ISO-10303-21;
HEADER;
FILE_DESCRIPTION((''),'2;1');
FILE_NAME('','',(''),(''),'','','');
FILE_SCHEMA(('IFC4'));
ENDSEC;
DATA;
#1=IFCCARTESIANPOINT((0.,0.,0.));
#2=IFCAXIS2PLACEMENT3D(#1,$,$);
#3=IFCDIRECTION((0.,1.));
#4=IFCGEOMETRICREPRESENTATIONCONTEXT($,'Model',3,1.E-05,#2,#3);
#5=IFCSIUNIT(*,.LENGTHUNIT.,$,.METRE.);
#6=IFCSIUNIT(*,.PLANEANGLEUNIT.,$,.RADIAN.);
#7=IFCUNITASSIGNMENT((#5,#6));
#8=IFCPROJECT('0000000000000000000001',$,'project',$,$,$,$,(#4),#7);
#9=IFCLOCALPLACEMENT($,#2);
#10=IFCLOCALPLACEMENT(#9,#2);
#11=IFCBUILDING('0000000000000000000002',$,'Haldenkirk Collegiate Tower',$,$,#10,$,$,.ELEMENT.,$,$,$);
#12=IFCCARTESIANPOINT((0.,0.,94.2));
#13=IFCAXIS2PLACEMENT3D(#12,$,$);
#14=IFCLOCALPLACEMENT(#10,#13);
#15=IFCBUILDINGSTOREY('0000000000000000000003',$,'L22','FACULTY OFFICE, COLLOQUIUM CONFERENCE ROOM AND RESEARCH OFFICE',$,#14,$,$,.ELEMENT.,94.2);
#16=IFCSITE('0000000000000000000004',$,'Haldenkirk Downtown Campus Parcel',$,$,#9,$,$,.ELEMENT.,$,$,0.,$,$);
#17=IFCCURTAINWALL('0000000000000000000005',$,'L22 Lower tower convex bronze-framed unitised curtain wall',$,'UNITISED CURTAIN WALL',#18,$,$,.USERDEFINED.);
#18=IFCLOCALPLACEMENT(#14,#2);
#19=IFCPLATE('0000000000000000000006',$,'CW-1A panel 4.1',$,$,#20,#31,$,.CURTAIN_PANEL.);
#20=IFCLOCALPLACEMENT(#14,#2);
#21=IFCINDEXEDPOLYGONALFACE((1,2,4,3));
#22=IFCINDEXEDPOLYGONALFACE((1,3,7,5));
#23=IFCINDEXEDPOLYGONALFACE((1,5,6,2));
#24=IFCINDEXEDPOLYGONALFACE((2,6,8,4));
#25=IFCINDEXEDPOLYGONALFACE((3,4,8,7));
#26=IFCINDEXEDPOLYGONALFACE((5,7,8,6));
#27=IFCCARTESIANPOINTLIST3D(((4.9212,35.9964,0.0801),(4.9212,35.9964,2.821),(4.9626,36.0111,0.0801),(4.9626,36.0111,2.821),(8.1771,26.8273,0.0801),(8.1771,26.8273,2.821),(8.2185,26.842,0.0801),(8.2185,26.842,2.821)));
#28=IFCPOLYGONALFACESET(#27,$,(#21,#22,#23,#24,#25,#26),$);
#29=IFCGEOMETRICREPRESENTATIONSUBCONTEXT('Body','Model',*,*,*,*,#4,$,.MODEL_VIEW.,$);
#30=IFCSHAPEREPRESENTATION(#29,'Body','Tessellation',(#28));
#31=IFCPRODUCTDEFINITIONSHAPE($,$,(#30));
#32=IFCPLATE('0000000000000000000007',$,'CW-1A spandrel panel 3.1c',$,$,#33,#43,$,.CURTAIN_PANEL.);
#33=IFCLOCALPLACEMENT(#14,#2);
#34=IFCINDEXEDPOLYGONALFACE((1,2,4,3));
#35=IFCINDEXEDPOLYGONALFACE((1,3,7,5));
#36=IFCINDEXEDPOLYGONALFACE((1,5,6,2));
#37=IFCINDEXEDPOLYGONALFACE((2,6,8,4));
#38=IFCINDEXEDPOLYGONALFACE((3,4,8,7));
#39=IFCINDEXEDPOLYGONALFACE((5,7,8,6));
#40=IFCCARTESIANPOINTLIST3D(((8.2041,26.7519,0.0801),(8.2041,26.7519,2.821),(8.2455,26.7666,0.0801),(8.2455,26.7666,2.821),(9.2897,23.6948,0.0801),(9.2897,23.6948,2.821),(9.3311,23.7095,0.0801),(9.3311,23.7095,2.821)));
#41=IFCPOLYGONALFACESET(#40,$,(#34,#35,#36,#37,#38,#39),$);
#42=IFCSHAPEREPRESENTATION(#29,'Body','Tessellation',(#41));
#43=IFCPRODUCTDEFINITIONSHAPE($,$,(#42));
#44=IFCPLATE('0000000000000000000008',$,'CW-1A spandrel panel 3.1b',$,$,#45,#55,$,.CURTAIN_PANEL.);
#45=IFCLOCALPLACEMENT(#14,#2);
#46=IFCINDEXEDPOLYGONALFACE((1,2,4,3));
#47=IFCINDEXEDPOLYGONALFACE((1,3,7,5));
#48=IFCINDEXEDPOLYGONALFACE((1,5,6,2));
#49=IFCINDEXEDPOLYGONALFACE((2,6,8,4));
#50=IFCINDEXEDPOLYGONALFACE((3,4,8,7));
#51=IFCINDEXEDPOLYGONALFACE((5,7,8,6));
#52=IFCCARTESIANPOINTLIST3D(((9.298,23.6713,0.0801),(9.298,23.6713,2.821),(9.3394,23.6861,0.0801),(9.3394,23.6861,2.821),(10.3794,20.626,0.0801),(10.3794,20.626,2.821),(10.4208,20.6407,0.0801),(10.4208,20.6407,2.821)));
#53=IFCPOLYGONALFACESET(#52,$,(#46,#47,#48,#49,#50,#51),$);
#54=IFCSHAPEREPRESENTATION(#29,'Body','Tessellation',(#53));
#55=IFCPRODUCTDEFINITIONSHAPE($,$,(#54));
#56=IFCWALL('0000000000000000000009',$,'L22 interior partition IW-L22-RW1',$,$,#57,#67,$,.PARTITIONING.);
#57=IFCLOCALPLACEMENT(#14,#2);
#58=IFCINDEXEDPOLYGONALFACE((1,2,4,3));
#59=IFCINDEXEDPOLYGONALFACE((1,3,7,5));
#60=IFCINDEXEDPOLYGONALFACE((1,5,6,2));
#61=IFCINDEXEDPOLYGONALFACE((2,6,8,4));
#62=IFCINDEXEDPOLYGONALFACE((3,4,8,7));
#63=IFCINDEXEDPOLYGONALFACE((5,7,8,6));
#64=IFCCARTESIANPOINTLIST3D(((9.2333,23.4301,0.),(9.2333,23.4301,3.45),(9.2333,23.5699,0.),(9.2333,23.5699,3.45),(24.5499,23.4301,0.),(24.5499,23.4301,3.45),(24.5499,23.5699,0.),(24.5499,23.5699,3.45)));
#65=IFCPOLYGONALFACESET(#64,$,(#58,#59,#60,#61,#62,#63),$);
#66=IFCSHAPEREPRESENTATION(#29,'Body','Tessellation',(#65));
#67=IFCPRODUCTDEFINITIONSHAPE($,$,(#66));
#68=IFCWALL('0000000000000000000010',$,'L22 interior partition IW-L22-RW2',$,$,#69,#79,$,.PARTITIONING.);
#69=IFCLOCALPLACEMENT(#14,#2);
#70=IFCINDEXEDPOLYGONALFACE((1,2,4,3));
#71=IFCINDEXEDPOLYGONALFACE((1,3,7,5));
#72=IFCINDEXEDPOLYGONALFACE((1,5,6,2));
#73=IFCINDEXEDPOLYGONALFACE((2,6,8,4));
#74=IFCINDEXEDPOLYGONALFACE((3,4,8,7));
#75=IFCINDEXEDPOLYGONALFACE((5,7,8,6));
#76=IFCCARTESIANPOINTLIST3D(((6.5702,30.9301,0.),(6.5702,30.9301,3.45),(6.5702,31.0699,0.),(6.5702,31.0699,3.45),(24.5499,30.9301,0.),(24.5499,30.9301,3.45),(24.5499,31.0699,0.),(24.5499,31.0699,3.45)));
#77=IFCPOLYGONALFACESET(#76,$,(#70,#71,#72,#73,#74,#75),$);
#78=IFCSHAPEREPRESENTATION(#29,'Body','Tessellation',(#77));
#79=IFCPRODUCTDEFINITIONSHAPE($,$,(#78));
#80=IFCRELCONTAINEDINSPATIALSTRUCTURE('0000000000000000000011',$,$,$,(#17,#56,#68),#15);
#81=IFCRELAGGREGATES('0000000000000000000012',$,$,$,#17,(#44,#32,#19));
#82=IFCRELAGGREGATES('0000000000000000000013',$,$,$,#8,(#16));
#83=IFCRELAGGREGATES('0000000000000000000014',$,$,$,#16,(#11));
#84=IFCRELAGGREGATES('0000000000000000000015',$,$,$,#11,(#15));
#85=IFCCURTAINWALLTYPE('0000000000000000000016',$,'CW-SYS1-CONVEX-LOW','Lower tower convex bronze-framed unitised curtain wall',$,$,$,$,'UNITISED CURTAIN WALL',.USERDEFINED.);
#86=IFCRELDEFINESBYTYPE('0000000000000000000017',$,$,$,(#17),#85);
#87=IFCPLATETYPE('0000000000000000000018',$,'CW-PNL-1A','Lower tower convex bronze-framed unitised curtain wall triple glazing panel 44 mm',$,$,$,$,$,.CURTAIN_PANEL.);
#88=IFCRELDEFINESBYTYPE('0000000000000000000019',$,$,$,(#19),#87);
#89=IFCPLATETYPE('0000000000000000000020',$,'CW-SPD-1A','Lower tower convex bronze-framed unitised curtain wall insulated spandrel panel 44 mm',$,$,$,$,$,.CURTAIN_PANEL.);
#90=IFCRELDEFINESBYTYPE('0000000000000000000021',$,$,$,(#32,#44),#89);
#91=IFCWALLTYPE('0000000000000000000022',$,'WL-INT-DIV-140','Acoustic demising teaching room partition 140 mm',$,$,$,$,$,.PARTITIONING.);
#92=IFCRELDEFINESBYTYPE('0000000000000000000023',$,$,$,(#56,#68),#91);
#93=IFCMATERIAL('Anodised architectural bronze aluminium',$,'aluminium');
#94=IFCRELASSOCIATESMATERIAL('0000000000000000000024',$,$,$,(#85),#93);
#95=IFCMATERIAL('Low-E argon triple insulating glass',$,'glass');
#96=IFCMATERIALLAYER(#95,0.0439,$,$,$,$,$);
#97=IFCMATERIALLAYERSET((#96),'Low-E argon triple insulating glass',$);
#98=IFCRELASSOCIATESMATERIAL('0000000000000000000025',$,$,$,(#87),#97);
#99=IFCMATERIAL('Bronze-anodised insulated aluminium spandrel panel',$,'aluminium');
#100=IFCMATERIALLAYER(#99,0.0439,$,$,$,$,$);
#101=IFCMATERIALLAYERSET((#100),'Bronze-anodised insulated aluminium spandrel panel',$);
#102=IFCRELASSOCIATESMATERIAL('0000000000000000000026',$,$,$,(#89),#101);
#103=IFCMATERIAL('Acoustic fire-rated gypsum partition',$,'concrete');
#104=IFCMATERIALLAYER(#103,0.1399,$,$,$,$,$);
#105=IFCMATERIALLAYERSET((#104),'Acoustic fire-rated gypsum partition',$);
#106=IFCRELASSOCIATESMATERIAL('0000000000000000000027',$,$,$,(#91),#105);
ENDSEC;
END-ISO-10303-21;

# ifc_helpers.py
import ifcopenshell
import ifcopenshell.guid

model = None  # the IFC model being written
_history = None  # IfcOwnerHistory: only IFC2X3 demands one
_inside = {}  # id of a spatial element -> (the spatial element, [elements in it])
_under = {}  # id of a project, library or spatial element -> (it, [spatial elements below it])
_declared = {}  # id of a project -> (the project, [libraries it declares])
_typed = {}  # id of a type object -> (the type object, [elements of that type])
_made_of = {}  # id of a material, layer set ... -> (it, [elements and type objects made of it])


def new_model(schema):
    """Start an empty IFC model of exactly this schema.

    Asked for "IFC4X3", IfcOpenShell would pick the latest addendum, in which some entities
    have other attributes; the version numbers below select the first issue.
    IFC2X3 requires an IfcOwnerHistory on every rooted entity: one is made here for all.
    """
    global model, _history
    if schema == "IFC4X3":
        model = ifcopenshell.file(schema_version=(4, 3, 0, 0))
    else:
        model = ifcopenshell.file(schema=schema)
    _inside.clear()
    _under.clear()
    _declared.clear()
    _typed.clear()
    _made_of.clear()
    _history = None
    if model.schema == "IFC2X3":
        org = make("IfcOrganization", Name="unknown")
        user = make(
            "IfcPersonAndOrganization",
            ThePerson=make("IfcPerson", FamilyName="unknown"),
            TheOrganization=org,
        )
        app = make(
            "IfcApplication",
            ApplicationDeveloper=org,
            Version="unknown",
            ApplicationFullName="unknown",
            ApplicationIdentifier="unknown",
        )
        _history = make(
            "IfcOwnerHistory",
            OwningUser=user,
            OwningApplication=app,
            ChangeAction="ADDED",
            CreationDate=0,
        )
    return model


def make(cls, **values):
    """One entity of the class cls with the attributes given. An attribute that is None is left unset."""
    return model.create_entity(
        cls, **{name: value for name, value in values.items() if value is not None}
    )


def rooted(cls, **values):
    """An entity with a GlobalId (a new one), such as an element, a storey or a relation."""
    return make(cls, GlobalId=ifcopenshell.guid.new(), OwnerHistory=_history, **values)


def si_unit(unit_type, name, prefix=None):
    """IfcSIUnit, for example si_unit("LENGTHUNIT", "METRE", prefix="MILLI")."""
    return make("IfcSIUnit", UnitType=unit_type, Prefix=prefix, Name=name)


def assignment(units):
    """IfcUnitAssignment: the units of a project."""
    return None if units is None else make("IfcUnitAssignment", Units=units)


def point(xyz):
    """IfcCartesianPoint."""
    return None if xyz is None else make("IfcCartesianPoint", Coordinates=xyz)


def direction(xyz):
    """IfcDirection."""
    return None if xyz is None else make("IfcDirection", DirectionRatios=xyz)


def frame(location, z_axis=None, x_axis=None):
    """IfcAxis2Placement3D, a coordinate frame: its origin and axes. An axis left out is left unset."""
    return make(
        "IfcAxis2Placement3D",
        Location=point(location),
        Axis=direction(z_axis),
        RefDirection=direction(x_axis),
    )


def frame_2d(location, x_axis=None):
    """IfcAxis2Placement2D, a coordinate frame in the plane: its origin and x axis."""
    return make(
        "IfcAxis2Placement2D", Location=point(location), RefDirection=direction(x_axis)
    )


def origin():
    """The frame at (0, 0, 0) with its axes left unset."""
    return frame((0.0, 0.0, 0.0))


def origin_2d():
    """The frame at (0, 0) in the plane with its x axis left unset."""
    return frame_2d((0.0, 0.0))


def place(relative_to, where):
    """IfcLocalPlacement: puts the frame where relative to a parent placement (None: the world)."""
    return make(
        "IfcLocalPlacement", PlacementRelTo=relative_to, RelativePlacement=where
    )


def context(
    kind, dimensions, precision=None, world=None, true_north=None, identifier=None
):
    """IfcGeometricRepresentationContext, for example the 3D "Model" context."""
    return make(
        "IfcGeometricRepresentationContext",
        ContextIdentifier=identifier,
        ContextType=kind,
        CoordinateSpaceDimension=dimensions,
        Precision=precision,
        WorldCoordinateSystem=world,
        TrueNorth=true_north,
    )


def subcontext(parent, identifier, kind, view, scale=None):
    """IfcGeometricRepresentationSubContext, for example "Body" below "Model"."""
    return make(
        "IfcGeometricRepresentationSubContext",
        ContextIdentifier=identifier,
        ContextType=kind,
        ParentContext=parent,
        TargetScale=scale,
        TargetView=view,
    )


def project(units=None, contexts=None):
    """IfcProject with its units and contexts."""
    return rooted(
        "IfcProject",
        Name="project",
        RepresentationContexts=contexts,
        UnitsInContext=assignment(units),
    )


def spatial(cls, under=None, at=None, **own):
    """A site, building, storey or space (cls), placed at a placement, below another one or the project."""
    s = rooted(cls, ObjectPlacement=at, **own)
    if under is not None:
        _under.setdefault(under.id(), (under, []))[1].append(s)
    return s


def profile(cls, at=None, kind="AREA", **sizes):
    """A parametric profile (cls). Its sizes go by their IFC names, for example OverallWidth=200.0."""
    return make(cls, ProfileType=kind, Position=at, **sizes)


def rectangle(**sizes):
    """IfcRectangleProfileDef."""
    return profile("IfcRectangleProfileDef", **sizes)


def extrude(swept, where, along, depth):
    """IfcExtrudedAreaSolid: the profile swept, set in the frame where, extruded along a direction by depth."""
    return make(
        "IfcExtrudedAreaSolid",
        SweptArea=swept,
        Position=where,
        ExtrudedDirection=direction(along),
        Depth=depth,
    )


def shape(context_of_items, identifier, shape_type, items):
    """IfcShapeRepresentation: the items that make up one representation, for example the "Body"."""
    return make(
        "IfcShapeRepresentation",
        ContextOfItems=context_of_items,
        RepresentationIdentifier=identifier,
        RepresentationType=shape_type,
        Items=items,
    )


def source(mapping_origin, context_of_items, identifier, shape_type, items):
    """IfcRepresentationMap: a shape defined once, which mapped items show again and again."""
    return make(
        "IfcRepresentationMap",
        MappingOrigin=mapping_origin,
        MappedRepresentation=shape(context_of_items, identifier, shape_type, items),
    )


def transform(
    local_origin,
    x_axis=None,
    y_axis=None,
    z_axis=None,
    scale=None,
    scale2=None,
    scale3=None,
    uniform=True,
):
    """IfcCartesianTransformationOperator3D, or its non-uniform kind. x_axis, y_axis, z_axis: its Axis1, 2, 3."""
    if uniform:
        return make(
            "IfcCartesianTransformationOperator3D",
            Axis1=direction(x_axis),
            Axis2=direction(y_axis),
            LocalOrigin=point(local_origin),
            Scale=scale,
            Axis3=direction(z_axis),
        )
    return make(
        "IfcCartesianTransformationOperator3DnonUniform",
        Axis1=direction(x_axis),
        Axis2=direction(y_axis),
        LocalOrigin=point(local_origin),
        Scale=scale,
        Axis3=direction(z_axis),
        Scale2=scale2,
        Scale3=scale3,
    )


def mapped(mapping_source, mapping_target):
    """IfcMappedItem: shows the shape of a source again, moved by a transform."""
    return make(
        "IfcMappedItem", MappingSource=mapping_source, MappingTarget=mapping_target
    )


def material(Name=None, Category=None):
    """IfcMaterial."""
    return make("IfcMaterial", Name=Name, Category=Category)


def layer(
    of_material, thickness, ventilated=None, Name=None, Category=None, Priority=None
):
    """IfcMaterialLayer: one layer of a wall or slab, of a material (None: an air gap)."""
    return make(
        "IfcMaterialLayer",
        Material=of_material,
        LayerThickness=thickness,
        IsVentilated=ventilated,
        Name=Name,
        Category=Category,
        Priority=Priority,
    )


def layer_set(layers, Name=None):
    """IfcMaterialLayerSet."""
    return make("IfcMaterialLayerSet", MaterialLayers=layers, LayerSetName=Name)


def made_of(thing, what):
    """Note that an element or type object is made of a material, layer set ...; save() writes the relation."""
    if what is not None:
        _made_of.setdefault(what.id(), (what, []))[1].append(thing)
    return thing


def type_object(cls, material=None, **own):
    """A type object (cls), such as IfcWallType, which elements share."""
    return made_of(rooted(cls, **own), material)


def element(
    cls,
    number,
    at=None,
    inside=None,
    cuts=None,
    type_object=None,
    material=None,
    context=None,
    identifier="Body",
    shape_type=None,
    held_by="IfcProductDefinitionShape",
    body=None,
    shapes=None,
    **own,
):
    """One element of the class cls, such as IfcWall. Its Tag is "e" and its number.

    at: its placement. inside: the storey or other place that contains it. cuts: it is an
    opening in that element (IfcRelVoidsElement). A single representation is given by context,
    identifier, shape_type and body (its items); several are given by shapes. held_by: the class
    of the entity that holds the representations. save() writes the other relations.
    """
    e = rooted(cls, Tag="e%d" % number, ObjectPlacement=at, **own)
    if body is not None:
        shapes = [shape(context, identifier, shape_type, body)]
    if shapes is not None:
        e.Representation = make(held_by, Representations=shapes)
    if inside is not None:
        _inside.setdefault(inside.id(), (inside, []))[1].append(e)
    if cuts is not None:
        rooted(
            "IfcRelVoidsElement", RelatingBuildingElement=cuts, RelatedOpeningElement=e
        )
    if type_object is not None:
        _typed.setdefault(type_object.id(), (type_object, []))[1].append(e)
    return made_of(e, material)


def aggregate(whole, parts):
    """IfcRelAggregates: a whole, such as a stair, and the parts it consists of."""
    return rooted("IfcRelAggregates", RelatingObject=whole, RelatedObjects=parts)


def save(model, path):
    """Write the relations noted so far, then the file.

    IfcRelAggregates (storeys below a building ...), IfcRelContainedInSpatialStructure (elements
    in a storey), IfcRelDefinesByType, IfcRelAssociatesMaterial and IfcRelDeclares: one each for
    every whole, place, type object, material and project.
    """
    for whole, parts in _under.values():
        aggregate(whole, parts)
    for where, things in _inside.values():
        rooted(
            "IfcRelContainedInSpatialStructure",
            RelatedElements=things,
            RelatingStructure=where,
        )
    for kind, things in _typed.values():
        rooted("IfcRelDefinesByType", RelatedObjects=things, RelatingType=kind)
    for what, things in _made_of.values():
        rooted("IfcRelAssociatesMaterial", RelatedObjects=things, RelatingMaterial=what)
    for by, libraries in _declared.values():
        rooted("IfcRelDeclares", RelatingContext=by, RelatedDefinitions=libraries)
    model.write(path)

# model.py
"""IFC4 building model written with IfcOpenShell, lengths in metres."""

from ifc_helpers import new_model, si_unit, direction, frame, frame_2d, origin, origin_2d, place, context, subcontext, project, spatial, rectangle, extrude, source, transform, mapped, material, layer, layer_set, type_object, element, aggregate, save


model = new_model("IFC4")

# Units and contexts
model_context = context("Model", 3, precision=1e-05, world=origin(), true_north=direction((0.0, 1.0)))
body_context = subcontext(model_context, "Body", "Model", "MODEL_VIEW")
ifc_project = project(units=[si_unit("LENGTHUNIT", "METRE"), si_unit("PLANEANGLEUNIT", "RADIAN")], contexts=[model_context])

# Site, building, storey
site_placement = place(None, origin())
site = spatial("IfcSite", under=ifc_project, at=site_placement, Name="Haldenkirk Downtown Campus Parcel", CompositionType="ELEMENT", RefElevation=0.0)
building_placement = place(site_placement, origin())
building = spatial("IfcBuilding", under=site, at=building_placement, Name="Haldenkirk Collegiate Tower", CompositionType="ELEMENT")
storey_placement = place(building_placement, frame((0.0, 0.0, 94.2)))
storey = spatial("IfcBuildingStorey", under=building, at=storey_placement, Name="L22", Description="FACULTY OFFICE, COLLOQUIUM CONFERENCE ROOM AND RESEARCH OFFICE", CompositionType="ELEMENT", Elevation=94.2)

# Curtain wall
ifc_material_1 = material(Name="Anodised architectural bronze aluminium", Category="aluminium")
curtain_wall_type = type_object("IfcCurtainWallType", Name="CW-SYS1-CONVEX-LOW", Description="Lower tower convex bronze-framed unitised curtain wall", ElementType="UNITISED CURTAIN WALL", PredefinedType="USERDEFINED", material=ifc_material_1)
curtain_wall_placement = place(storey_placement, origin())
curtain_wall = element("IfcCurtainWall", 1, at=curtain_wall_placement, inside=storey, type_object=curtain_wall_type, Name="L22 Lower tower convex bronze-framed unitised curtain wall", ObjectType="UNITISED CURTAIN WALL", PredefinedType="USERDEFINED")

# Plates
ifc_material_2 = material(Name="Low-E argon triple insulating glass", Category="glass")
ifc_layer_1 = layer(ifc_material_2, 0.0439)
ifc_layer_set_1 = layer_set([ifc_layer_1], Name="Low-E argon triple insulating glass")
plate_type_1 = type_object("IfcPlateType", Name="CW-PNL-1A", Description="Lower tower convex bronze-framed unitised curtain wall triple glazing panel 44 mm", PredefinedType="CURTAIN_PANEL", material=ifc_layer_set_1)
shared_shape_1 = source(origin(), body_context, "Body", "SweptSolid", [
    extrude(rectangle(XDim=9.73, YDim=0.0439, at=origin_2d()), origin(), (0.0, 0.0, 1.0), 2.741),
])
plate_1_placement = place(storey_placement, frame((6.5698, 31.4192, 0.0801), z_axis=(0.0, 0.0, 1.0), x_axis=(-0.334626, 0.942351, 0.0)))
plate_1 = element("IfcPlate", 2, at=plate_1_placement, type_object=plate_type_1, Name="CW-1A panel 4.1", PredefinedType="CURTAIN_PANEL", context=body_context, shape_type="MappedRepresentation", body=[
    mapped(shared_shape_1, transform((0.0, 0.0, 0.0), x_axis=(1.0, 0.0, 0.0), y_axis=(0.0, 1.0, 0.0), z_axis=(0.0, 0.0, 1.0), scale=1.0)),
])
ifc_material_3 = material(Name="Bronze-anodised insulated aluminium spandrel panel", Category="aluminium")
ifc_layer_2 = layer(ifc_material_3, 0.0439)
ifc_layer_set_2 = layer_set([ifc_layer_2], Name="Bronze-anodised insulated aluminium spandrel panel")
plate_type_2 = type_object("IfcPlateType", Name="CW-SPD-1A", Description="Lower tower convex bronze-framed unitised curtain wall insulated spandrel panel 44 mm", PredefinedType="CURTAIN_PANEL", material=ifc_layer_set_2)
shared_shape_2 = source(origin(), body_context, "Body", "SweptSolid", [
    extrude(rectangle(XDim=3.2441, YDim=0.0439, at=origin_2d()), origin(), (0.0, 0.0, 1.0), 2.741),
])
plate_2_placement = place(storey_placement, frame((8.7676, 25.2307, 0.0801), z_axis=(0.0, 0.0, 1.0), x_axis=(-0.334626, 0.942351, 0.0)))
plate_2 = element("IfcPlate", 3, at=plate_2_placement, type_object=plate_type_2, Name="CW-1A spandrel panel 3.1c", PredefinedType="CURTAIN_PANEL", context=body_context, shape_type="MappedRepresentation", body=[
    mapped(shared_shape_2, transform((0.0, 0.0, 0.0), x_axis=(1.0, 0.0, 0.0), y_axis=(0.0, 1.0, 0.0), z_axis=(0.0, 0.0, 1.0), scale=1.0)),
])
shared_shape_3 = source(origin(), body_context, "Body", "SweptSolid", [
    extrude(rectangle(XDim=3.2317, YDim=0.0439, at=origin_2d()), origin(), (0.0, 0.0, 1.0), 2.741),
])
plate_3_placement = place(storey_placement, frame((9.8594, 22.156, 0.0801), z_axis=(0.0, 0.0, 1.0), x_axis=(-0.334626, 0.942351, 0.0)))
plate_3 = element("IfcPlate", 4, at=plate_3_placement, type_object=plate_type_2, Name="CW-1A spandrel panel 3.1b", PredefinedType="CURTAIN_PANEL", context=body_context, shape_type="MappedRepresentation", body=[
    mapped(shared_shape_3, transform((0.0, 0.0, 0.0), x_axis=(1.0, 0.0, 0.0), y_axis=(0.0, 1.0, 0.0), z_axis=(0.0, 0.0, 1.0), scale=1.0)),
])
aggregate(curtain_wall, [plate_3, plate_2, plate_1])

# Shared definitions
ifc_material_4 = material(Name="Acoustic fire-rated gypsum partition", Category="concrete")

# Walls
ifc_layer_3 = layer(ifc_material_4, 0.1399)
ifc_layer_set_3 = layer_set([ifc_layer_3], Name="Acoustic fire-rated gypsum partition")
wall_type_1 = type_object("IfcWallType", Name="WL-INT-DIV-140", Description="Acoustic demising teaching room partition 140 mm", PredefinedType="PARTITIONING", material=ifc_layer_set_3)
wall_1_placement = place(storey_placement, frame((9.2334, 23.5, 0.0), z_axis=(0.0, 0.0, 1.0), x_axis=(1.0, 0.0, 0.0)))
element("IfcWall", 5, at=wall_1_placement, inside=storey, type_object=wall_type_1, Name="L22 interior partition IW-L22-RW1", PredefinedType="PARTITIONING", context=body_context, shape_type="SweptSolid", body=[
    extrude(rectangle(XDim=15.3167, YDim=0.1399, at=frame_2d((7.6582, 0.0))), origin(), (0.0, 0.0, 1.0), 3.45),
])
wall_2_placement = place(storey_placement, frame((6.5703, 31.0, 0.0), z_axis=(0.0, 0.0, 1.0), x_axis=(1.0, 0.0, 0.0)))
element("IfcWall", 6, at=wall_2_placement, inside=storey, type_object=wall_type_1, Name="L22 interior partition IW-L22-RW2", PredefinedType="PARTITIONING", context=body_context, shape_type="SweptSolid", body=[
    extrude(rectangle(XDim=17.9797, YDim=0.1399, at=frame_2d((8.9897, 0.0))), origin(), (0.0, 0.0, 1.0), 3.45),
])

save(model, "model.ifc")
